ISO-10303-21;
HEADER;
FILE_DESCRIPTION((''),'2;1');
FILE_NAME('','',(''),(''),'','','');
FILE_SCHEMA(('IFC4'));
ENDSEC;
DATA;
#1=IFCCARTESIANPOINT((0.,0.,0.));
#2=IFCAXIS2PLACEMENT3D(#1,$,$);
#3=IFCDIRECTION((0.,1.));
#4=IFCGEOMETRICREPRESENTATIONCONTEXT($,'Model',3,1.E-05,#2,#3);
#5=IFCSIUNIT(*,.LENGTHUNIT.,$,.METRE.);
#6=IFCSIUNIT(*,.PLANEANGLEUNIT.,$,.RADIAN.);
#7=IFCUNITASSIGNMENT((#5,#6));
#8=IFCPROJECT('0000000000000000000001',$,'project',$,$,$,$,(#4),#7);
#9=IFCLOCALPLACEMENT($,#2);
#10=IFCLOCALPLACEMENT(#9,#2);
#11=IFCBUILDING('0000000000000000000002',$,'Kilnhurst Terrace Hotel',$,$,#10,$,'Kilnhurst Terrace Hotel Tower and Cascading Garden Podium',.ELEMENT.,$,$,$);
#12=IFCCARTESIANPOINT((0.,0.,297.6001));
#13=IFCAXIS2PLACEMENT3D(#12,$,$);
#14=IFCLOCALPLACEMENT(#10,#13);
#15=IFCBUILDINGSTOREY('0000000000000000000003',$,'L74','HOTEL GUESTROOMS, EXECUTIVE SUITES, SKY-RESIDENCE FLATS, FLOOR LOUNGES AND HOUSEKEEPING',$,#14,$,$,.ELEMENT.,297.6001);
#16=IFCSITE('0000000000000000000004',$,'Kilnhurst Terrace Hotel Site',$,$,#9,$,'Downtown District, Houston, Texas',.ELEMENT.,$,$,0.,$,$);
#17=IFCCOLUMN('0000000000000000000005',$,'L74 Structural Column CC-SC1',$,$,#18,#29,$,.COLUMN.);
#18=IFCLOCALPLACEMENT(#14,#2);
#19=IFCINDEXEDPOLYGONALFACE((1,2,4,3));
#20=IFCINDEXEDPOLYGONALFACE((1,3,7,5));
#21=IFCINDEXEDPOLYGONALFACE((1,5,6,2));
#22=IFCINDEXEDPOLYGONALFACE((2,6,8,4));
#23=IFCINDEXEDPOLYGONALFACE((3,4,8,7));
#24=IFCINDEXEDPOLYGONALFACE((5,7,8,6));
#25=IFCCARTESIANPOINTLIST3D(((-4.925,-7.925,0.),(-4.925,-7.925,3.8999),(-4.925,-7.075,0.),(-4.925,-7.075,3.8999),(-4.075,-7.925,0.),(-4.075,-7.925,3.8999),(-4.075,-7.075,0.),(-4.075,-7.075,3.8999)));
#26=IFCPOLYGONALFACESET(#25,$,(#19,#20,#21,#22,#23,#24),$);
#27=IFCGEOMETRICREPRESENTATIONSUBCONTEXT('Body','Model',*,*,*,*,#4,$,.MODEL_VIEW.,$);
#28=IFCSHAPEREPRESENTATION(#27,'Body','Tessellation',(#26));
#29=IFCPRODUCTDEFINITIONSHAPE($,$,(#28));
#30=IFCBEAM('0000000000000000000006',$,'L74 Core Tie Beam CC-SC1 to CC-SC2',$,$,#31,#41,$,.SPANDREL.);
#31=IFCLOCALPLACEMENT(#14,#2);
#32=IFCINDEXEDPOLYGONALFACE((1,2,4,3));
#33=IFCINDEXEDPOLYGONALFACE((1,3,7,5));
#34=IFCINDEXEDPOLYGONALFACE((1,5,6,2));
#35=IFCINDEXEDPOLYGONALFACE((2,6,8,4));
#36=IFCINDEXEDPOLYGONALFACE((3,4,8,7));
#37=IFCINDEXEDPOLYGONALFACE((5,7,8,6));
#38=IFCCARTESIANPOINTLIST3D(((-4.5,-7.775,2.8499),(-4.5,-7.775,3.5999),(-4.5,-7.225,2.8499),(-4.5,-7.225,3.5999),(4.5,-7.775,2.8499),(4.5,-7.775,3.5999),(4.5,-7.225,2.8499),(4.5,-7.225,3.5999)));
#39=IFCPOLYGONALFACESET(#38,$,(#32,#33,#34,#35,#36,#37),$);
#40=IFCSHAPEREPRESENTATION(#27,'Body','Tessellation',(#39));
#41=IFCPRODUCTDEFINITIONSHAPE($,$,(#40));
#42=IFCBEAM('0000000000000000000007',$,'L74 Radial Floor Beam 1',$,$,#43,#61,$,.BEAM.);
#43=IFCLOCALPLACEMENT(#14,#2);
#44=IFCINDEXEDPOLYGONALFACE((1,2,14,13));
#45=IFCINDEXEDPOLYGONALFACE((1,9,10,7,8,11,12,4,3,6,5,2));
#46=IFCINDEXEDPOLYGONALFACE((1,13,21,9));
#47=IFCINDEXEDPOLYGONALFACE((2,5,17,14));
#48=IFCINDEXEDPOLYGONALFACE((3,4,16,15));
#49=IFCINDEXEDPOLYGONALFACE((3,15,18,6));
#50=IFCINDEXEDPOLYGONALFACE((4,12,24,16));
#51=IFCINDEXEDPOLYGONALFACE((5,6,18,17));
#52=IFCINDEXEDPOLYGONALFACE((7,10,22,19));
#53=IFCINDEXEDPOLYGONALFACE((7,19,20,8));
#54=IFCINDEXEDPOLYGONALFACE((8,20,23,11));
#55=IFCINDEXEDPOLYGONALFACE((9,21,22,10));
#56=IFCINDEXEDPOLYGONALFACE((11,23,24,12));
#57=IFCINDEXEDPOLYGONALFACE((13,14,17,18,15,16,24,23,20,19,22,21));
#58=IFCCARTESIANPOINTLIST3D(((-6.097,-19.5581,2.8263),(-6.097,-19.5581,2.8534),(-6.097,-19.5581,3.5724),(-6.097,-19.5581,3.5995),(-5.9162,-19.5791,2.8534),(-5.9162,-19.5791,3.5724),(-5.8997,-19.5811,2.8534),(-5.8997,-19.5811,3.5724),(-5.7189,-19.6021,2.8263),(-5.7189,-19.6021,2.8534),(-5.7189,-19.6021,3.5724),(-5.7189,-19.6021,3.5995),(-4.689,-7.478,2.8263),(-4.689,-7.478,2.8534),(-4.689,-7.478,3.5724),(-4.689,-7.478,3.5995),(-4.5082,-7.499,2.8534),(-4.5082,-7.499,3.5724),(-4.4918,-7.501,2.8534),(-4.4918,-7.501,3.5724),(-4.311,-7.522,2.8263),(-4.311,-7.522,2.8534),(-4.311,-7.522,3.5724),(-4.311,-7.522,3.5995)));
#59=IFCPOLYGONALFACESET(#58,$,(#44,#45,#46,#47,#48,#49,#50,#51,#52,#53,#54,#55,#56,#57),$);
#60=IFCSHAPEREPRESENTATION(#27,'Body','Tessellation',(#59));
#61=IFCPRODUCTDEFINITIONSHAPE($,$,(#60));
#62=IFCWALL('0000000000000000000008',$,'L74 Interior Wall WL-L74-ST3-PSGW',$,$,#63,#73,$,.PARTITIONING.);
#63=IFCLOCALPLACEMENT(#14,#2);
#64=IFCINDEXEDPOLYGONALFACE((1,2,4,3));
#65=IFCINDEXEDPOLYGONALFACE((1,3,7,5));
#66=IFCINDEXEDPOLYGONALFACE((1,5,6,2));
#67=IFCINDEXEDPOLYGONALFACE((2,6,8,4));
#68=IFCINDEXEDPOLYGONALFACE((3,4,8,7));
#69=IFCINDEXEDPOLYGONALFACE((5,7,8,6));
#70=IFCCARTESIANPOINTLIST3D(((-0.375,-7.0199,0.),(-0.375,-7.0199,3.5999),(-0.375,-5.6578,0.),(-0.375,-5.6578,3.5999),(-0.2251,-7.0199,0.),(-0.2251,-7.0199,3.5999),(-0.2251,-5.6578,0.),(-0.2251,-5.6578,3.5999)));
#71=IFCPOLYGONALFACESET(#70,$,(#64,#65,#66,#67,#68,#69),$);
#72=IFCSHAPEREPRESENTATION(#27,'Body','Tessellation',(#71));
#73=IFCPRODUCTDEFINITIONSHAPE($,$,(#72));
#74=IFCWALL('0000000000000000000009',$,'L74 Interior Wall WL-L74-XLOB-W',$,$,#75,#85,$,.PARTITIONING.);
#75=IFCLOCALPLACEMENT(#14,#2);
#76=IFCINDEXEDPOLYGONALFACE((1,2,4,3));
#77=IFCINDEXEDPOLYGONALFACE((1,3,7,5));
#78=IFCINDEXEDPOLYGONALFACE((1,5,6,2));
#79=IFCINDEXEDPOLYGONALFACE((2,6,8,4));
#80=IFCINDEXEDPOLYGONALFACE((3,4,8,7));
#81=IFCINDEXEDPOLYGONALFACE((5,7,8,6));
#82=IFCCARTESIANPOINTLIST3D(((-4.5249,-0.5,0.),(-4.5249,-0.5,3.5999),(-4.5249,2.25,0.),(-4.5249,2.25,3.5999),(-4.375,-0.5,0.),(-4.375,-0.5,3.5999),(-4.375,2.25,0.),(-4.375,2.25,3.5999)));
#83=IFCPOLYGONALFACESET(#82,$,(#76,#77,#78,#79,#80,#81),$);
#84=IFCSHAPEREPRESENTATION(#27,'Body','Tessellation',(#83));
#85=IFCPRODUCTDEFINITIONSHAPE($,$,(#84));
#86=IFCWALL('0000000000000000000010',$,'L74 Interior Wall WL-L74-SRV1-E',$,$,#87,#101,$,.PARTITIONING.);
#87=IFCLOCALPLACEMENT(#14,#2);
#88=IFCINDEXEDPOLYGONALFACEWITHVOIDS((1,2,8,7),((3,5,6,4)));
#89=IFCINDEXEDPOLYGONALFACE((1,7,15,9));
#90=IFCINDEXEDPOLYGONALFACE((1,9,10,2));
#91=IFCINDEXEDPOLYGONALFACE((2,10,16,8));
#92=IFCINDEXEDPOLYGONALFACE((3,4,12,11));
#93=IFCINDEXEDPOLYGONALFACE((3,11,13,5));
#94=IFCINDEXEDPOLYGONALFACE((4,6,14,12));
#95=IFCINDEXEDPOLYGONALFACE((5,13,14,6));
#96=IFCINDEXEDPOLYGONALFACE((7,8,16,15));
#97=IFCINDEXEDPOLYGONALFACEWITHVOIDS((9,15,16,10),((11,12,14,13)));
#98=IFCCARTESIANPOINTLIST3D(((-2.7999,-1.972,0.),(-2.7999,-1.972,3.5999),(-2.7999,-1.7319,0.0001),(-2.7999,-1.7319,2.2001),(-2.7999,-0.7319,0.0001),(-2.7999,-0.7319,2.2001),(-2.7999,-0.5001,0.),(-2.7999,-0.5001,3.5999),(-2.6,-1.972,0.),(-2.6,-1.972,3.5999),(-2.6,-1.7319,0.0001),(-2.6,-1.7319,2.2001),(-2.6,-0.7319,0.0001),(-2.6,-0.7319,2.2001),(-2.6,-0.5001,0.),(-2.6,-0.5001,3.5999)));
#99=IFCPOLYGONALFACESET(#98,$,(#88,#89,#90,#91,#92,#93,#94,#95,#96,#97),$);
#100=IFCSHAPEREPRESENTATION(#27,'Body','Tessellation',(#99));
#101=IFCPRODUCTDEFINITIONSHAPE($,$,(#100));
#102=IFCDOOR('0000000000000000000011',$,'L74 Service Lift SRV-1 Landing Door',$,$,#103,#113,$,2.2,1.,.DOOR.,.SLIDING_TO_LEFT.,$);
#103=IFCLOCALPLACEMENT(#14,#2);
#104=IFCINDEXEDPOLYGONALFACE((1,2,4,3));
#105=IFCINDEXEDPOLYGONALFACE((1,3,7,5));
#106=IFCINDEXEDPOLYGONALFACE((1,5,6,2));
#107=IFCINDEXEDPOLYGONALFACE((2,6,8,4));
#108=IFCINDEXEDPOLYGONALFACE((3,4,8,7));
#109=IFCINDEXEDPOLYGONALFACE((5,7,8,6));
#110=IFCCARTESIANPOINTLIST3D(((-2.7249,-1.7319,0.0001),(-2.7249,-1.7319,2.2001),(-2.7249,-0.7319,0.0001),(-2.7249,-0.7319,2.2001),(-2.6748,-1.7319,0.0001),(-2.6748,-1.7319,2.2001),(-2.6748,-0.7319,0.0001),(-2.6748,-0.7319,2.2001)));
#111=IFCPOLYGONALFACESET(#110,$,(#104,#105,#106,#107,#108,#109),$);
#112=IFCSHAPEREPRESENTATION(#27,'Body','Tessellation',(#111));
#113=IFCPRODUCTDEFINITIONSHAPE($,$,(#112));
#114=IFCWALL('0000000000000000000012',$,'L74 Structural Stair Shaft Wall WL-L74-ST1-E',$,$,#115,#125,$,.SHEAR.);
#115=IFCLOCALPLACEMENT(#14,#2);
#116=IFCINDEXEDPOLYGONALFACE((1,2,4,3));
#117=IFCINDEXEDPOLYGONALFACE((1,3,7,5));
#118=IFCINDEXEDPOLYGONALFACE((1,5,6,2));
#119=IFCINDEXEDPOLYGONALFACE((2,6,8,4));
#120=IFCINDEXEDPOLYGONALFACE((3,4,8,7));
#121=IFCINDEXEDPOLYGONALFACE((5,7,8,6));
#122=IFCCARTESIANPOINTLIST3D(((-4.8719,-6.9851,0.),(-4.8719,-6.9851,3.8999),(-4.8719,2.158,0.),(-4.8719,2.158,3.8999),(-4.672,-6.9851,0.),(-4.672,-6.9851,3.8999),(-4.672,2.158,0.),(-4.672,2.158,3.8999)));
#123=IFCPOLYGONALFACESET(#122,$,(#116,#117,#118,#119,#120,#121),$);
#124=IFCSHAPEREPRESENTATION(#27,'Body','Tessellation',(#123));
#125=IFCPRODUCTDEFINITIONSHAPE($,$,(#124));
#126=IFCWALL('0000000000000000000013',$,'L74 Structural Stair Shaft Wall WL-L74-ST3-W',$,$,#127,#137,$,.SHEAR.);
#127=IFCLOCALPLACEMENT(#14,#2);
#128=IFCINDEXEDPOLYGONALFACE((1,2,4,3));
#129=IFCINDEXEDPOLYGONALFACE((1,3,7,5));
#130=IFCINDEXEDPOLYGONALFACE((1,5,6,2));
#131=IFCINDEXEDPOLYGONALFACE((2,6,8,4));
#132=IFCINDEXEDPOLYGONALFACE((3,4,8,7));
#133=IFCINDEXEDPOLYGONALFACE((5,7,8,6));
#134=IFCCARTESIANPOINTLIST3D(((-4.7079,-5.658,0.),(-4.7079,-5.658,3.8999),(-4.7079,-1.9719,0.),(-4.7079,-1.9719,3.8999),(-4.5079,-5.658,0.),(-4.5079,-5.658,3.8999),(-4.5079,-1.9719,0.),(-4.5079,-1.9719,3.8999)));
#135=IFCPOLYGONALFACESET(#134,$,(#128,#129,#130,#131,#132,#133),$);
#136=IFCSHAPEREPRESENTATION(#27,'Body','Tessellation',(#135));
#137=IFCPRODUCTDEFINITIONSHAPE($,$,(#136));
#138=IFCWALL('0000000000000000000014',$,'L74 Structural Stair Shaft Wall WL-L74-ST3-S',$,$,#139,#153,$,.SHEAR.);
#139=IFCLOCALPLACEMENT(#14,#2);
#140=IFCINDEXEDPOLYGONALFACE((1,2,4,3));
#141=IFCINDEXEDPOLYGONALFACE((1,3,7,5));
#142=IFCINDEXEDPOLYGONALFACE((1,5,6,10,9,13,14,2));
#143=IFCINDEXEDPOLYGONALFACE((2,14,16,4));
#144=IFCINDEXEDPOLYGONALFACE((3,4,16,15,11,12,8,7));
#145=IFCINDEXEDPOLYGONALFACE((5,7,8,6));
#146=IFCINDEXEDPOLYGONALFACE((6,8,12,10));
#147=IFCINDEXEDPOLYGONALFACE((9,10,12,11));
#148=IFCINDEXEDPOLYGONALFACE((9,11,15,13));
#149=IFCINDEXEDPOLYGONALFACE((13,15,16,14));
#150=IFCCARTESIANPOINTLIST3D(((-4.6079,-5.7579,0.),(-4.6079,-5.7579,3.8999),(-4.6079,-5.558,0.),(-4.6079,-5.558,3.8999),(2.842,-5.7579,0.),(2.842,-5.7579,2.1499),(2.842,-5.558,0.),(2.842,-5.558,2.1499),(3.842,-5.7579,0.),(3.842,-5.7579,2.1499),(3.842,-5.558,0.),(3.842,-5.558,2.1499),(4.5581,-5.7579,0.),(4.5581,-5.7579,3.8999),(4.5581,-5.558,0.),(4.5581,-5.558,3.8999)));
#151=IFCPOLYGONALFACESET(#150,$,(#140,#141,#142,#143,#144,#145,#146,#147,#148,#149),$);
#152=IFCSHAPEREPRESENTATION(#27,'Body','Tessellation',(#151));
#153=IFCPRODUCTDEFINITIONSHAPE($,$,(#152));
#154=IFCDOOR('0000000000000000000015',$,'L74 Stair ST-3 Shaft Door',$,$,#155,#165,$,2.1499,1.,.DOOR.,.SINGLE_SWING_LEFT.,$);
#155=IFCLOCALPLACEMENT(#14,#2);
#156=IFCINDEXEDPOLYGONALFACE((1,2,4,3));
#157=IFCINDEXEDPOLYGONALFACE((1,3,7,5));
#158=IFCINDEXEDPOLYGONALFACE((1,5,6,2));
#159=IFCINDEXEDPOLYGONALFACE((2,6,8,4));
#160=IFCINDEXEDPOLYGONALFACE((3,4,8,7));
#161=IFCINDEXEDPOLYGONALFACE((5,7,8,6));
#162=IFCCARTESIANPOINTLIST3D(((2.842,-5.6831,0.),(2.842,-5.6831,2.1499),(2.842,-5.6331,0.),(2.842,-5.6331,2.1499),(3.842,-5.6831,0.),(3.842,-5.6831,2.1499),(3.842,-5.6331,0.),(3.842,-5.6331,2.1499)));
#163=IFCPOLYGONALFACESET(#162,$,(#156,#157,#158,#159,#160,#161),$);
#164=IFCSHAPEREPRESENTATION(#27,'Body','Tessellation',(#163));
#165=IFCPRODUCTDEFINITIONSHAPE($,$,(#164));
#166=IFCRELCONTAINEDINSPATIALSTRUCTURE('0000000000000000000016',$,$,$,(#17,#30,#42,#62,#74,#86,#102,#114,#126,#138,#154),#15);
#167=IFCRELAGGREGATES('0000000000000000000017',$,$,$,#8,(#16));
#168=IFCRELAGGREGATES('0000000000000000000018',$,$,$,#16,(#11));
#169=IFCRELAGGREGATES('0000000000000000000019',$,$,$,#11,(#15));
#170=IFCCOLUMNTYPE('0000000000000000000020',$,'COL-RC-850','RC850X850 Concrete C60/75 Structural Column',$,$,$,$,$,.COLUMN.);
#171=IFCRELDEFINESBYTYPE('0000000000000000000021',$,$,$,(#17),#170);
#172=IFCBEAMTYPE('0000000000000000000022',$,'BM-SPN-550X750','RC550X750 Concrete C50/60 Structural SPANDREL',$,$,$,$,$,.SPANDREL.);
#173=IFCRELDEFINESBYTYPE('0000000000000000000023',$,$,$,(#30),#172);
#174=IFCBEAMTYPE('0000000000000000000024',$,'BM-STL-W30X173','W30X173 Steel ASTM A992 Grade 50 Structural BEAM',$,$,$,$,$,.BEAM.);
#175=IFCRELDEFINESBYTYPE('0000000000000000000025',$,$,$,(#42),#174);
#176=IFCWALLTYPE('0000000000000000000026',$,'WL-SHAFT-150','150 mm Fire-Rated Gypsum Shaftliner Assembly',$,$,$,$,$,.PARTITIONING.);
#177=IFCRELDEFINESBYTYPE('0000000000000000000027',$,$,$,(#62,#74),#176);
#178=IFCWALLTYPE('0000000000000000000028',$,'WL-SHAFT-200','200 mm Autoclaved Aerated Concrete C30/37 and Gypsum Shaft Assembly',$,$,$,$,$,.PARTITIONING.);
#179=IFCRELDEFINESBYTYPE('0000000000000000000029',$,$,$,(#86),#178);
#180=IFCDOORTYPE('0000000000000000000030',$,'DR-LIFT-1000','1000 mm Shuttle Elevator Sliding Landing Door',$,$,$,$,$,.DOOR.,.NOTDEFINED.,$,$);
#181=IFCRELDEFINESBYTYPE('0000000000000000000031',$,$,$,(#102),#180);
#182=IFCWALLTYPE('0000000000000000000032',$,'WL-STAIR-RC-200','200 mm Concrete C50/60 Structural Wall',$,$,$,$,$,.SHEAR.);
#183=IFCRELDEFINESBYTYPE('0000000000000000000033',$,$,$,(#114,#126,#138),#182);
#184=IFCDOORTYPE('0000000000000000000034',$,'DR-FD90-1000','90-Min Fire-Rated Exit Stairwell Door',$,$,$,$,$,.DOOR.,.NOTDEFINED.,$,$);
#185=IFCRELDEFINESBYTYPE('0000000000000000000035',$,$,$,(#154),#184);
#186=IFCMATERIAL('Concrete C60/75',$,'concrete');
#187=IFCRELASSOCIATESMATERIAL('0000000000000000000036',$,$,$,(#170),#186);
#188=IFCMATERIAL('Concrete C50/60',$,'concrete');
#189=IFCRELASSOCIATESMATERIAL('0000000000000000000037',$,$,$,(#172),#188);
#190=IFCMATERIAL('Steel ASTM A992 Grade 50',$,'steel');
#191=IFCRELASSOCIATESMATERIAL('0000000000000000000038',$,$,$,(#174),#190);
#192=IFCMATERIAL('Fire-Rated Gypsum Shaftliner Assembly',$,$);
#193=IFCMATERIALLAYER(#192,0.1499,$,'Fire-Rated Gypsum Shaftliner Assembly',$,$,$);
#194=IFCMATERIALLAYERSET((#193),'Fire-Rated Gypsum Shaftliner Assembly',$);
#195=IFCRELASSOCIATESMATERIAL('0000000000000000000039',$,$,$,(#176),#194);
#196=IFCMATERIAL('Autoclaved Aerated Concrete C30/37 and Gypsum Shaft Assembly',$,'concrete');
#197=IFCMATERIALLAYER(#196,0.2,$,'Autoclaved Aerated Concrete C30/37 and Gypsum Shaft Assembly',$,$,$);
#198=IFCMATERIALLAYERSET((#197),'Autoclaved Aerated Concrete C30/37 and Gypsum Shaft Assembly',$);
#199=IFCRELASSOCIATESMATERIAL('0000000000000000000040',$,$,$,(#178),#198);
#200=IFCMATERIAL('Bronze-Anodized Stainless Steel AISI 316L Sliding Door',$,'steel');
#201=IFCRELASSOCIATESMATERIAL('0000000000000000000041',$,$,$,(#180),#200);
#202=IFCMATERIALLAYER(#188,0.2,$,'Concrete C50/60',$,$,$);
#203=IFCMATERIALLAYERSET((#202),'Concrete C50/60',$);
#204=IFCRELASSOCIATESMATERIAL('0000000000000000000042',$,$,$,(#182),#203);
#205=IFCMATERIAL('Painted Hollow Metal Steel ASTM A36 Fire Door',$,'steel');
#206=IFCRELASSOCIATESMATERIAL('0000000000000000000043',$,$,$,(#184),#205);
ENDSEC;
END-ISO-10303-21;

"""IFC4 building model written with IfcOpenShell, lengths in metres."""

from ifc_helpers import new_model, si_unit, direction, frame, frame_2d, origin, origin_2d, place, context, subcontext, project, spatial, rectangle, i_section, extrude, material, layer, layer_set, material_profile, profile_set, type_object, element, fill, save


model = new_model("IFC4")

# Units and contexts
model_context = context("Model", 3, precision=1e-05, world=origin(), true_north=direction((0.0, 1.0)))
body_context = subcontext(model_context, "Body", "Model", "MODEL_VIEW")
ifc_project = project(units=[si_unit("LENGTHUNIT", "METRE"), si_unit("PLANEANGLEUNIT", "RADIAN")], contexts=[model_context])

# Site, building, storey
site_placement = place(None, origin())
site = spatial("IfcSite", under=ifc_project, at=site_placement, Name="Kilnhurst Terrace Hotel Site", LongName="Downtown District, Houston, Texas", CompositionType="ELEMENT", RefElevation=0.0)
building_placement = place(site_placement, origin())
building = spatial("IfcBuilding", under=site, at=building_placement, Name="Kilnhurst Terrace Hotel", LongName="Kilnhurst Terrace Hotel Tower and Cascading Garden Podium", CompositionType="ELEMENT")
storey_placement = place(building_placement, frame((0.0, 0.0, 297.6001)))
storey = spatial("IfcBuildingStorey", under=building, at=storey_placement, Name="L74", Description="HOTEL GUESTROOMS, EXECUTIVE SUITES, SKY-RESIDENCE FLATS, FLOOR LOUNGES AND HOUSEKEEPING", CompositionType="ELEMENT", Elevation=297.6001)

# Column
ifc_material_1 = material(Name="Concrete C60/75", Category="concrete")
ifc_material_profile_1 = material_profile(ifc_material_1, rectangle(XDim=0.8501, YDim=0.8501, at=origin_2d()), Name="RC850X850")
ifc_profile_set_1 = profile_set([ifc_material_profile_1], Name="Concrete C60/75")
column_type = type_object("IfcColumnType", Name="COL-RC-850", Description="RC850X850 Concrete C60/75 Structural Column", PredefinedType="COLUMN", material=ifc_profile_set_1)
column_placement = place(storey_placement, frame((-4.5, -7.5, 0.0), z_axis=(0.0, 0.0, 1.0), x_axis=(1.0, 0.0, 0.0)))
element("IfcColumn", 1, at=column_placement, inside=storey, type_object=column_type, Name="L74 Structural Column CC-SC1", PredefinedType="COLUMN", context=body_context, shape_type="SweptSolid", body=[
    extrude(rectangle(XDim=0.8501, YDim=0.8501, at=origin_2d()), origin(), (0.0, 0.0, 1.0), 3.8999),
])

# Beams
ifc_material_2 = material(Name="Concrete C50/60", Category="concrete")
ifc_material_profile_2 = material_profile(ifc_material_2, rectangle(XDim=0.55, YDim=0.75, at=origin_2d()), Name="RC550X750")
ifc_profile_set_2 = profile_set([ifc_material_profile_2], Name="Concrete C50/60")
beam_type_1 = type_object("IfcBeamType", Name="BM-SPN-550X750", Description="RC550X750 Concrete C50/60 Structural SPANDREL", PredefinedType="SPANDREL", material=ifc_profile_set_2)
beam_1_placement = place(storey_placement, frame((-4.5, -7.5, 3.2249), z_axis=(1.0, 0.0, 0.0), x_axis=(0.0, 1.0, 0.0)))
element("IfcBeam", 2, at=beam_1_placement, inside=storey, type_object=beam_type_1, Name="L74 Core Tie Beam CC-SC1 to CC-SC2", PredefinedType="SPANDREL", context=body_context, shape_type="SweptSolid", body=[
    extrude(rectangle(XDim=0.55, YDim=0.75, at=origin_2d()), origin(), (0.0, 0.0, 1.0), 9.0),
])
ifc_material_3 = material(Name="Steel ASTM A992 Grade 50", Category="steel")
ifc_material_profile_3 = material_profile(ifc_material_3, i_section(OverallWidth=0.3806, OverallDepth=0.7732, WebThickness=0.0166, FlangeThickness=0.0271, at=origin_2d()), Name="W30X173")
ifc_profile_set_3 = profile_set([ifc_material_profile_3], Name="Steel ASTM A992 Grade 50")
beam_type_2 = type_object("IfcBeamType", Name="BM-STL-W30X173", Description="W30X173 Steel ASTM A992 Grade 50 Structural BEAM", PredefinedType="BEAM", material=ifc_profile_set_3)
beam_2_placement = place(storey_placement, frame((-4.5, -7.5, 3.2129), z_axis=(-0.115768, -0.993276, 0.0), x_axis=(0.993276, -0.115768, 0.0)))
element("IfcBeam", 3, at=beam_2_placement, inside=storey, type_object=beam_type_2, Name="L74 Radial Floor Beam 1", PredefinedType="BEAM", context=body_context, shape_type="SweptSolid", body=[
    extrude(i_section(OverallWidth=0.3806, OverallDepth=0.7732, WebThickness=0.0166, FlangeThickness=0.0271, at=origin_2d()), origin(), (0.0, 0.0, 1.0), 12.1619),
])

# Walls
ifc_material_4 = material(Name="Fire-Rated Gypsum Shaftliner Assembly")
ifc_layer_1 = layer(ifc_material_4, 0.1499, Name="Fire-Rated Gypsum Shaftliner Assembly")
ifc_layer_set_1 = layer_set([ifc_layer_1], Name="Fire-Rated Gypsum Shaftliner Assembly")
wall_type_1 = type_object("IfcWallType", Name="WL-SHAFT-150", Description="150 mm Fire-Rated Gypsum Shaftliner Assembly", PredefinedType="PARTITIONING", material=ifc_layer_set_1)
wall_1_placement = place(storey_placement, frame((-0.3, -7.02, 0.0), z_axis=(0.0, 0.0, 1.0), x_axis=(0.0, 1.0, 0.0)))
element("IfcWall", 4, at=wall_1_placement, inside=storey, type_object=wall_type_1, Name="L74 Interior Wall WL-L74-ST3-PSGW", PredefinedType="PARTITIONING", context=body_context, shape_type="SweptSolid", body=[
    extrude(rectangle(XDim=1.3621, YDim=0.1499, at=frame_2d((0.6812, 0.0))), origin(), (0.0, 0.0, 1.0), 3.5999),
])
wall_2_placement = place(storey_placement, frame((-4.45, -0.5, 0.0), z_axis=(0.0, 0.0, 1.0), x_axis=(0.0, 1.0, 0.0)))
element("IfcWall", 5, at=wall_2_placement, inside=storey, type_object=wall_type_1, Name="L74 Interior Wall WL-L74-XLOB-W", PredefinedType="PARTITIONING", context=body_context, shape_type="SweptSolid", body=[
    extrude(rectangle(XDim=2.75, YDim=0.1499, at=frame_2d((1.375, 0.0))), origin(), (0.0, 0.0, 1.0), 3.5999),
])

# Wall, opening, door
ifc_material_5 = material(Name="Autoclaved Aerated Concrete C30/37 and Gypsum Shaft Assembly", Category="concrete")
ifc_layer_2 = layer(ifc_material_5, 0.2, Name="Autoclaved Aerated Concrete C30/37 and Gypsum Shaft Assembly")
ifc_layer_set_2 = layer_set([ifc_layer_2], Name="Autoclaved Aerated Concrete C30/37 and Gypsum Shaft Assembly")
wall_type_2 = type_object("IfcWallType", Name="WL-SHAFT-200", Description="200 mm Autoclaved Aerated Concrete C30/37 and Gypsum Shaft Assembly", PredefinedType="PARTITIONING", material=ifc_layer_set_2)
wall_3_placement = place(storey_placement, frame((-2.7, -1.9719, 0.0), z_axis=(0.0, 0.0, 1.0), x_axis=(0.0, 1.0, 0.0)))
wall_3 = element("IfcWall", 6, at=wall_3_placement, inside=storey, type_object=wall_type_2, Name="L74 Interior Wall WL-L74-SRV1-E", PredefinedType="PARTITIONING", context=body_context, shape_type="SweptSolid", body=[
    extrude(rectangle(XDim=1.4719, YDim=0.2, at=frame_2d((0.7358, 0.0))), origin(), (0.0, 0.0, 1.0), 3.5999),
])
opening_1_placement = place(wall_3_placement, frame((0.24, 0.0, 0.0)))
opening_1 = element("IfcOpeningElement", 7, at=opening_1_placement, cuts=wall_3, PredefinedType="OPENING", context=body_context, shape_type="SweptSolid", body=[
    extrude(rectangle(XDim=1.0, YDim=2.2, at=frame_2d((0.5, 1.1001))), frame((0.0, 0.1099, 0.0), z_axis=(0.0, -1.0, 0.0), x_axis=(1.0, 0.0, 0.0)), (0.0, 0.0, 1.0), 0.22),
])
ifc_material_6 = material(Name="Bronze-Anodized Stainless Steel AISI 316L Sliding Door", Category="steel")
door_type_1 = type_object("IfcDoorType", Name="DR-LIFT-1000", Description="1000 mm Shuttle Elevator Sliding Landing Door", OperationType="NOTDEFINED", PredefinedType="DOOR", material=ifc_material_6)
door_1_placement = place(opening_1_placement, origin())
door_1 = element("IfcDoor", 8, at=door_1_placement, inside=storey, type_object=door_type_1, Name="L74 Service Lift SRV-1 Landing Door", OperationType="SLIDING_TO_LEFT", OverallHeight=2.2, OverallWidth=1.0, PredefinedType="DOOR", context=body_context, shape_type="SweptSolid", body=[
    extrude(rectangle(XDim=1.0, YDim=2.2, at=frame_2d((0.5, 1.1001))), frame((0.0, 0.0249, 0.0), z_axis=(0.0, -1.0, 0.0), x_axis=(1.0, 0.0, 0.0)), (0.0, 0.0, 1.0), 0.05),
])
fill(opening_1, door_1)

# Walls
ifc_layer_3 = layer(ifc_material_2, 0.2, Name="Concrete C50/60")
ifc_layer_set_3 = layer_set([ifc_layer_3], Name="Concrete C50/60")
wall_type_3 = type_object("IfcWallType", Name="WL-STAIR-RC-200", Description="200 mm Concrete C50/60 Structural Wall", PredefinedType="SHEAR", material=ifc_layer_set_3)
wall_4_placement = place(storey_placement, frame((-4.772, -6.9851, 0.0), z_axis=(0.0, 0.0, 1.0), x_axis=(0.0, 1.0, 0.0)))
element("IfcWall", 9, at=wall_4_placement, inside=storey, type_object=wall_type_3, Name="L74 Structural Stair Shaft Wall WL-L74-ST1-E", PredefinedType="SHEAR", context=body_context, shape_type="SweptSolid", body=[
    extrude(rectangle(XDim=9.1431, YDim=0.2, at=frame_2d((4.5715, 0.0))), origin(), (0.0, 0.0, 1.0), 3.8999),
])
wall_5_placement = place(storey_placement, frame((-4.6079, -5.658, 0.0), z_axis=(0.0, 0.0, 1.0), x_axis=(0.0, 1.0, 0.0)))
element("IfcWall", 10, at=wall_5_placement, inside=storey, type_object=wall_type_3, Name="L74 Structural Stair Shaft Wall WL-L74-ST3-W", PredefinedType="SHEAR", context=body_context, shape_type="SweptSolid", body=[
    extrude(rectangle(XDim=3.686, YDim=0.2, at=frame_2d((1.843, 0.0))), origin(), (0.0, 0.0, 1.0), 3.8999),
])

# Wall, opening, door
wall_6_placement = place(storey_placement, frame((-4.6079, -5.658, 0.0), z_axis=(0.0, 0.0, 1.0), x_axis=(1.0, 0.0, 0.0)))
wall_6 = element("IfcWall", 11, at=wall_6_placement, inside=storey, type_object=wall_type_3, Name="L74 Structural Stair Shaft Wall WL-L74-ST3-S", PredefinedType="SHEAR", context=body_context, shape_type="SweptSolid", body=[
    extrude(rectangle(XDim=9.166, YDim=0.2, at=frame_2d((4.583, 0.0))), origin(), (0.0, 0.0, 1.0), 3.8999),
])
opening_2_placement = place(wall_6_placement, frame((7.45, 0.0, 0.0)))
opening_2 = element("IfcOpeningElement", 12, at=opening_2_placement, cuts=wall_6, PredefinedType="OPENING", context=body_context, shape_type="SweptSolid", body=[
    extrude(rectangle(XDim=1.0, YDim=2.1499, at=frame_2d((0.5, 1.075))), frame((0.0, 0.1099, 0.0), z_axis=(0.0, -1.0, 0.0), x_axis=(1.0, 0.0, 0.0)), (0.0, 0.0, 1.0), 0.22),
])
ifc_material_7 = material(Name="Painted Hollow Metal Steel ASTM A36 Fire Door", Category="steel")
door_type_2 = type_object("IfcDoorType", Name="DR-FD90-1000", Description="90-Min Fire-Rated Exit Stairwell Door", OperationType="NOTDEFINED", PredefinedType="DOOR", material=ifc_material_7)
door_2_placement = place(opening_2_placement, origin())
door_2 = element("IfcDoor", 13, at=door_2_placement, inside=storey, type_object=door_type_2, Name="L74 Stair ST-3 Shaft Door", OperationType="SINGLE_SWING_LEFT", OverallHeight=2.1499, OverallWidth=1.0, PredefinedType="DOOR", context=body_context, shape_type="SweptSolid", body=[
    extrude(rectangle(XDim=1.0, YDim=2.1499, at=frame_2d((0.5, 1.075))), frame((0.0, 0.0249, 0.0), z_axis=(0.0, -1.0, 0.0), x_axis=(1.0, 0.0, 0.0)), (0.0, 0.0, 1.0), 0.05),
])
fill(opening_2, door_2)

save(model, "model.ifc")
